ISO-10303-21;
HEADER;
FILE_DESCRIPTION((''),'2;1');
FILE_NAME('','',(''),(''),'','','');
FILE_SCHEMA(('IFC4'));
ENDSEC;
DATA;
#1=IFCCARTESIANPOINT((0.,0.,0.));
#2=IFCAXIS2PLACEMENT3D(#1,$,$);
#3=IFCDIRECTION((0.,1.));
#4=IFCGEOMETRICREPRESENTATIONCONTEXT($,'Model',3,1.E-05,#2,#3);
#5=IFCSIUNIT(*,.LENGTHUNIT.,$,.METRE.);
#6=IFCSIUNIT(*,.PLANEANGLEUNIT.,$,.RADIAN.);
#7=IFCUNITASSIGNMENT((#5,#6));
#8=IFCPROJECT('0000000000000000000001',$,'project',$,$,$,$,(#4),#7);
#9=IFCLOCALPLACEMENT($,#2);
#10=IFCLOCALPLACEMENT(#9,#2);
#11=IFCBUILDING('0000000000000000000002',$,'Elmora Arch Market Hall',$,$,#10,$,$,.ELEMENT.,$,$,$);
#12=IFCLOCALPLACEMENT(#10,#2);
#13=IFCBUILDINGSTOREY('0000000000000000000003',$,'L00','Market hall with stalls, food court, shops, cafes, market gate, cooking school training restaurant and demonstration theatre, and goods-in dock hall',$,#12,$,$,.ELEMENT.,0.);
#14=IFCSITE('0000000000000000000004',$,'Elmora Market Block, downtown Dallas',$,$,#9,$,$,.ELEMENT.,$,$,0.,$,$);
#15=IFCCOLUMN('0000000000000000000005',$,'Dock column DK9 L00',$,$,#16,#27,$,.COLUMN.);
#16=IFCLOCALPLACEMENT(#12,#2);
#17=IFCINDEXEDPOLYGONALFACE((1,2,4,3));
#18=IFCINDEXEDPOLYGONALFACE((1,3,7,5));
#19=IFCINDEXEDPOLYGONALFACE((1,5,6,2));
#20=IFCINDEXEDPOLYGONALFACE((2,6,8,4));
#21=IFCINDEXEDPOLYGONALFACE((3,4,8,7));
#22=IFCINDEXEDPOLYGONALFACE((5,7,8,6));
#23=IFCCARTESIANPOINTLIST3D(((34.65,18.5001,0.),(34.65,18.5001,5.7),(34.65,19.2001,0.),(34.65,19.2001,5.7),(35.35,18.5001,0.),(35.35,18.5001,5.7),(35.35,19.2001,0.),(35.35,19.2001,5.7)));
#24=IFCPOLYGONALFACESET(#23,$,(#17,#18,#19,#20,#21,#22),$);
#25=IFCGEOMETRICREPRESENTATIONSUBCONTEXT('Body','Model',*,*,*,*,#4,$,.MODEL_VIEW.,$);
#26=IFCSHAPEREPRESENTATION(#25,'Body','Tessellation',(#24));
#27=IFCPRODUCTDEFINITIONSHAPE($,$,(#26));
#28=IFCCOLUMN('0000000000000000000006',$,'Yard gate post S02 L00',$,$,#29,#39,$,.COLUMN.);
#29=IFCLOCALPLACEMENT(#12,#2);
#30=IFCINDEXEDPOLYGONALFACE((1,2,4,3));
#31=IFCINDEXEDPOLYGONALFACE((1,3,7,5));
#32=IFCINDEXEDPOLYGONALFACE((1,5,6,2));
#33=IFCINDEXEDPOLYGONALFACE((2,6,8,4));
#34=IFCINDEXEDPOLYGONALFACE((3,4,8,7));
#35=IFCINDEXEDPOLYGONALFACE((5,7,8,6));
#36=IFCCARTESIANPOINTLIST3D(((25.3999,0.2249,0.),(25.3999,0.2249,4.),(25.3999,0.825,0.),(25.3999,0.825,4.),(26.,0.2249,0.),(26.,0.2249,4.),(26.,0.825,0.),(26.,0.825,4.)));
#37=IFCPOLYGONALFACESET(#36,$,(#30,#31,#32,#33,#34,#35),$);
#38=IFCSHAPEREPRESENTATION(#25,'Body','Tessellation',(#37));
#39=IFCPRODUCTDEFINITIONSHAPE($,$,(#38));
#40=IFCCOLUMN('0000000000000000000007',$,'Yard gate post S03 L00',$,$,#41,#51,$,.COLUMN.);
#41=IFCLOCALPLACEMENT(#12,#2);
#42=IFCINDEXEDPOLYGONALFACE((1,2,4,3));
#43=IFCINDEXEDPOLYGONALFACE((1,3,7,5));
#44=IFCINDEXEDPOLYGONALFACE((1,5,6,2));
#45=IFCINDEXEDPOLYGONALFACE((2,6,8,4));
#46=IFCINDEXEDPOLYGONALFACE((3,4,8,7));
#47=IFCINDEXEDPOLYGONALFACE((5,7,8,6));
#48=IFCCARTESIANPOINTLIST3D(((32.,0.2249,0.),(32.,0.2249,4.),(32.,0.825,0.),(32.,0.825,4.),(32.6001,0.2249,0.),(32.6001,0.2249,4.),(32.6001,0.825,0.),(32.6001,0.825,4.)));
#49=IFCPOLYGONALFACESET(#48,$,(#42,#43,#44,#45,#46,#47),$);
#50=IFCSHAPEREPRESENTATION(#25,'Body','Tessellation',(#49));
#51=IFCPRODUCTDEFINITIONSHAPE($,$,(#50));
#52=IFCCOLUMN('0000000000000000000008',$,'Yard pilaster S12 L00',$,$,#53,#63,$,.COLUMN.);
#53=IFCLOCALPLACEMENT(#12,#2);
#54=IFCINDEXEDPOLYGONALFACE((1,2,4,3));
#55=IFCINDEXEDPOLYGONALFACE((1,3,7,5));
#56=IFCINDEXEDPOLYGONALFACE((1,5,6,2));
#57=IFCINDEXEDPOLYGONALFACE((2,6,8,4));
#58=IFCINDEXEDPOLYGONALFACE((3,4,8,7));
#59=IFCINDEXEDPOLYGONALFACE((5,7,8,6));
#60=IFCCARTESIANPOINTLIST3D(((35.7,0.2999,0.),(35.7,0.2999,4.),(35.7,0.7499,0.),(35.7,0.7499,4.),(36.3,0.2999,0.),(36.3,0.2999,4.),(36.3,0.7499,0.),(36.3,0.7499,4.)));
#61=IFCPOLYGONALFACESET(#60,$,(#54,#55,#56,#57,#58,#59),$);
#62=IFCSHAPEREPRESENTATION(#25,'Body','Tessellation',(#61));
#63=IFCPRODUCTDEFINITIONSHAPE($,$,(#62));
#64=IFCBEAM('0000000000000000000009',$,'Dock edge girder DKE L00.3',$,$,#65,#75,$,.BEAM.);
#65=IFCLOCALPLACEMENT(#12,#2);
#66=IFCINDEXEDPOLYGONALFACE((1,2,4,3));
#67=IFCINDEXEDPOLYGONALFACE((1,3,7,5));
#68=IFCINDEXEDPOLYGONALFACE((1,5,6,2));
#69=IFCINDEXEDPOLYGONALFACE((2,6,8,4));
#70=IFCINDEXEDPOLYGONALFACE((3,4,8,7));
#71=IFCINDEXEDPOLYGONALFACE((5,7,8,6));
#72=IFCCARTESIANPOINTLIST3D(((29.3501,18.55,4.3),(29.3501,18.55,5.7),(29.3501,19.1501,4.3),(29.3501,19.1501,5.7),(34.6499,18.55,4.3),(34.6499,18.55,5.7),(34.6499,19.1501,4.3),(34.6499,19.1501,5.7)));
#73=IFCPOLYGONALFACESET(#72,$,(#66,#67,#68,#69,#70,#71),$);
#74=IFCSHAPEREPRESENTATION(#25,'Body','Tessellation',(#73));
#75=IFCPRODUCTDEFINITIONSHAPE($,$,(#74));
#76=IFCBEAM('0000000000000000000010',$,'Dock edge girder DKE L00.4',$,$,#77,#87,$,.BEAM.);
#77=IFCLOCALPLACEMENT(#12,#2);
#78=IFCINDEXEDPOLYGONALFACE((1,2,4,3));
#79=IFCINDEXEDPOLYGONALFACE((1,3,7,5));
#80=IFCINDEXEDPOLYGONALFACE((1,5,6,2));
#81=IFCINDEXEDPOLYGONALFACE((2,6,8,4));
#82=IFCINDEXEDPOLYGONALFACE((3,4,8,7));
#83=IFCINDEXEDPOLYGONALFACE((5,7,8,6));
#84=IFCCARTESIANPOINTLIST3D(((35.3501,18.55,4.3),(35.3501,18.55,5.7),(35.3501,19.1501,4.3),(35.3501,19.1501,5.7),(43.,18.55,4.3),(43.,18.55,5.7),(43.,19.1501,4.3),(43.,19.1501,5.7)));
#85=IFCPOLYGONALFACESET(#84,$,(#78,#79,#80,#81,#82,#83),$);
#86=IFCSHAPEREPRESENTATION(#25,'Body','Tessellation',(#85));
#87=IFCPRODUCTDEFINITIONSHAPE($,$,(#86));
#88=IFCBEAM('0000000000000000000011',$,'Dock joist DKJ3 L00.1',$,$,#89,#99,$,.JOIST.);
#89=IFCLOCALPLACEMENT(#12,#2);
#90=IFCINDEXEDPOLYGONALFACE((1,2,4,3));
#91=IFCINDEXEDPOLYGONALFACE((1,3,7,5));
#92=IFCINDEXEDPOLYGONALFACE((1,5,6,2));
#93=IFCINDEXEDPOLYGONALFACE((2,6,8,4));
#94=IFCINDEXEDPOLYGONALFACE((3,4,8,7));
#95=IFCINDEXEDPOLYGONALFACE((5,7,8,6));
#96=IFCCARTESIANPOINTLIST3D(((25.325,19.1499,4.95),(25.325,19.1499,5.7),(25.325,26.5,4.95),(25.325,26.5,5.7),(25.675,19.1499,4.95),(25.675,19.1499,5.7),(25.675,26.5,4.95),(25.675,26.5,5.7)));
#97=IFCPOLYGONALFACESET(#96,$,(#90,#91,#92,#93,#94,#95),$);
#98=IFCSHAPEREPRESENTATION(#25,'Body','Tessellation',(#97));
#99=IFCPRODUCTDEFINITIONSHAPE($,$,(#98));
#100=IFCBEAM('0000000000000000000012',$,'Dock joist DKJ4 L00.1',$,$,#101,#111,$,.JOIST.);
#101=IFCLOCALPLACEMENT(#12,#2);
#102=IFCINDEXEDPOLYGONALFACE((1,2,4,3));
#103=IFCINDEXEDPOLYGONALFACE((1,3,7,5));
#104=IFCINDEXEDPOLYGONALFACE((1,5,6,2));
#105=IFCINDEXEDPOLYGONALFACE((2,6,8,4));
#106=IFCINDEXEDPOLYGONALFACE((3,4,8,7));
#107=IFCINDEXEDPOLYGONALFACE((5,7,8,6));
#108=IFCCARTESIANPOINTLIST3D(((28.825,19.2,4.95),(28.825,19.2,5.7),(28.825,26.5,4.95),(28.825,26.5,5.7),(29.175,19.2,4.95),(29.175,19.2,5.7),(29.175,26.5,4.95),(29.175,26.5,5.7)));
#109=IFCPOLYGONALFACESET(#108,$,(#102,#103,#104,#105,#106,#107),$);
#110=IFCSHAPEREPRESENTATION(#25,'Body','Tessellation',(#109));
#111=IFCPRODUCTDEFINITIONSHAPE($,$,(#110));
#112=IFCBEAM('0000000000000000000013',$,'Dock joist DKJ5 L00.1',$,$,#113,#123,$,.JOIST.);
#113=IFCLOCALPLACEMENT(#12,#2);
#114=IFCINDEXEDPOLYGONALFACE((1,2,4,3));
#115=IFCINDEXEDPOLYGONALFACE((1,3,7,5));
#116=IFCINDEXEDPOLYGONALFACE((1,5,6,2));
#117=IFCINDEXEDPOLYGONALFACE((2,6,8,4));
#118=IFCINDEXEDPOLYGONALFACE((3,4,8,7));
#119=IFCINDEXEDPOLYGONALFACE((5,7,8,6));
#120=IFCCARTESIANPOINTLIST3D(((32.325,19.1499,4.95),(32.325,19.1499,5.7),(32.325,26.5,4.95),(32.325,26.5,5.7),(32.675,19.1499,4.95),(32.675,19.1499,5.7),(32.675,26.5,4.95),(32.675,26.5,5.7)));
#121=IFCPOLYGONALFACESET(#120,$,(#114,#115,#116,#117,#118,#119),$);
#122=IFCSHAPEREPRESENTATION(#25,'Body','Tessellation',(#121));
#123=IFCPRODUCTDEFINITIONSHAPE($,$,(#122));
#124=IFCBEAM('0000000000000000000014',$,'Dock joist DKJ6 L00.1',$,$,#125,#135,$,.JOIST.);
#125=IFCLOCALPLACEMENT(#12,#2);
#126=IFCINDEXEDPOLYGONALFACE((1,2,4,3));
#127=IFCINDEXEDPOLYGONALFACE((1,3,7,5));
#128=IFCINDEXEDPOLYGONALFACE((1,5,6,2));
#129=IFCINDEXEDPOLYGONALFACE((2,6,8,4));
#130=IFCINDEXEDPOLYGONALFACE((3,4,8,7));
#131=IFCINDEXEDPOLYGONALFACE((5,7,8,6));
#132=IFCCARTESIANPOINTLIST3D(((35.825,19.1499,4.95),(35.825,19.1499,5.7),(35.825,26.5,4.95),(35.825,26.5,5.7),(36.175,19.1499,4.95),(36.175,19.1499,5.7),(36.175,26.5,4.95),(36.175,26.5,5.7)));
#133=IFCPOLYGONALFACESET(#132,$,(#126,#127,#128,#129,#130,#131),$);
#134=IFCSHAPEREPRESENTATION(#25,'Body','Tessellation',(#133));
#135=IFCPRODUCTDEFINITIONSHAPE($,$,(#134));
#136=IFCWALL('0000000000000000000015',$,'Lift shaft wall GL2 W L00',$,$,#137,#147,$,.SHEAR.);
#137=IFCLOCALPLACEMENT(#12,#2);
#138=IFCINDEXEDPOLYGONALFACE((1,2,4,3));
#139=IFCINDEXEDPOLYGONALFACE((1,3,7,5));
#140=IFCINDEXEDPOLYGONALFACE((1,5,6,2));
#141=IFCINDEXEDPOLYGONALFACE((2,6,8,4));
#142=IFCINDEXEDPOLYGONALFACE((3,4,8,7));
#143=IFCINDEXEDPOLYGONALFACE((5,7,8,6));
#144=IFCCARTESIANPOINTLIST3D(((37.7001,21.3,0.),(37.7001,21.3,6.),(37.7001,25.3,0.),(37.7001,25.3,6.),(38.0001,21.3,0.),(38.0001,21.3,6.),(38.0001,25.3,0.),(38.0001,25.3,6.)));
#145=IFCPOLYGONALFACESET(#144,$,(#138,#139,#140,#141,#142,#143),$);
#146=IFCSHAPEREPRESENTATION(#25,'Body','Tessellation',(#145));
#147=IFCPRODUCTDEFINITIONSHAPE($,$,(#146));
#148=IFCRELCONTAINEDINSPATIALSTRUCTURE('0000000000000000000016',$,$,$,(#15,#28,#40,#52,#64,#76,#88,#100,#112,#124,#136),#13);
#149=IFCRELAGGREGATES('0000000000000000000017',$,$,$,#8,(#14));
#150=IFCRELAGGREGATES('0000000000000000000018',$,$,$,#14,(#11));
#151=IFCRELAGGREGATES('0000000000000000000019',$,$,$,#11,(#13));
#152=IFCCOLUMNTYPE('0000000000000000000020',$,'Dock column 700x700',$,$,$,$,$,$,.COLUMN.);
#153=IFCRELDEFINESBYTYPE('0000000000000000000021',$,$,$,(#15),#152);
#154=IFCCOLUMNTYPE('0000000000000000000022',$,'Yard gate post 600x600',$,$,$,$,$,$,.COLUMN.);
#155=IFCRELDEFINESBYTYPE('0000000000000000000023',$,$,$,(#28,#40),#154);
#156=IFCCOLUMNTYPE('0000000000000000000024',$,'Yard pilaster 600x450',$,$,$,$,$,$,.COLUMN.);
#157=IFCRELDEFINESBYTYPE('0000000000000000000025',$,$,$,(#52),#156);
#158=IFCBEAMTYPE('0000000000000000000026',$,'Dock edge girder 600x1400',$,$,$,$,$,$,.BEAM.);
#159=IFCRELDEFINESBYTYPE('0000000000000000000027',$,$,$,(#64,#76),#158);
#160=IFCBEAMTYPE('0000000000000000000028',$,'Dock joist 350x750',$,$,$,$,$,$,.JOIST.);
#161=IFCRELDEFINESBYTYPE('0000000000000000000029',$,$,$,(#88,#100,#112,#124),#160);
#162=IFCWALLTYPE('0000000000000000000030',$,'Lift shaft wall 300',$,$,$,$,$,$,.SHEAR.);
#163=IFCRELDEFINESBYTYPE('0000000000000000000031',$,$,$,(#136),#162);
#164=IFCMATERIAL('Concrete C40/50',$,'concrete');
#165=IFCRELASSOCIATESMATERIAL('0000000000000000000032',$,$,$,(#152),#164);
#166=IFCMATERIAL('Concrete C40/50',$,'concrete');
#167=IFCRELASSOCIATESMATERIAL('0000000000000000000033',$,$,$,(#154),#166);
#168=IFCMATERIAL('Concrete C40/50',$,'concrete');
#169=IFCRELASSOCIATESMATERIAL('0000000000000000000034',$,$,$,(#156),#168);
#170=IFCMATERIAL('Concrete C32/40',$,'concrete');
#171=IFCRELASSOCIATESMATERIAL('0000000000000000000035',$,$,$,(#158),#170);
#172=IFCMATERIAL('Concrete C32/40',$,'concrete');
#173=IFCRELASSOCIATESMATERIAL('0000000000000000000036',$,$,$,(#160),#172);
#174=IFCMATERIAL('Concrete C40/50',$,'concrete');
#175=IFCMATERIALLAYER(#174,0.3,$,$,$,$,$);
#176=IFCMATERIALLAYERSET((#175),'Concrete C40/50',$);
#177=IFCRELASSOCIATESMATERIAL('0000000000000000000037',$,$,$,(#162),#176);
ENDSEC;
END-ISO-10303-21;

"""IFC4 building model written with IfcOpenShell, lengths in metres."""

from ifc_helpers import new_model, si_unit, direction, frame, frame_2d, origin, origin_2d, place, context, subcontext, project, spatial, rectangle, extrude, material, layer, layer_set, material_profile, profile_set, type_object, element, save


model = new_model("IFC4")

# Units and contexts
model_context = context("Model", 3, precision=1e-05, world=origin(), true_north=direction((0.0, 1.0)))
body_context = subcontext(model_context, "Body", "Model", "MODEL_VIEW")
ifc_project = project(units=[si_unit("LENGTHUNIT", "METRE"), si_unit("PLANEANGLEUNIT", "RADIAN")], contexts=[model_context])

# Site, building, storey
site_placement = place(None, origin())
site = spatial("IfcSite", under=ifc_project, at=site_placement, Name="Elmora Market Block, downtown Dallas", CompositionType="ELEMENT", RefElevation=0.0)
building_placement = place(site_placement, origin())
building = spatial("IfcBuilding", under=site, at=building_placement, Name="Elmora Arch Market Hall", CompositionType="ELEMENT")
storey_placement = place(building_placement, origin())
storey = spatial("IfcBuildingStorey", under=building, at=storey_placement, Name="L00", Description="Market hall with stalls, food court, shops, cafes, market gate, cooking school training restaurant and demonstration theatre, and goods-in dock hall", CompositionType="ELEMENT", Elevation=0.0)

# Columns
ifc_material_1 = material(Name="Concrete C40/50", Category="concrete")
ifc_material_profile_1 = material_profile(ifc_material_1, rectangle(XDim=0.7, YDim=0.7, at=origin_2d()), Name="Dock column 700x700")
ifc_profile_set_1 = profile_set([ifc_material_profile_1], Name="Concrete C40/50")
column_type_1 = type_object("IfcColumnType", Name="Dock column 700x700", PredefinedType="COLUMN", material=ifc_profile_set_1)
for number, where, z_axis, x_axis, name in (
    (1, (35.0, 18.8501, 0.0), (0.0, 0.0, 1.0), (1.0, 0.0, 0.0), "Dock column DK9 L00"),
):
    element("IfcColumn", number, at=place(storey_placement, frame(where, z_axis=z_axis, x_axis=x_axis)), inside=storey, type_object=column_type_1, Name=name, PredefinedType="COLUMN", context=body_context, shape_type="SweptSolid", body=[
        extrude(rectangle(XDim=0.7, YDim=0.7, at=origin_2d()), origin(), (0.0, 0.0, 1.0), 5.7),
    ])
ifc_material_2 = material(Name="Concrete C40/50", Category="concrete")
ifc_material_profile_2 = material_profile(ifc_material_2, rectangle(XDim=0.6001, YDim=0.6001, at=origin_2d()), Name="Yard gate post 600x600")
ifc_profile_set_2 = profile_set([ifc_material_profile_2], Name="Concrete C40/50")
column_type_2 = type_object("IfcColumnType", Name="Yard gate post 600x600", PredefinedType="COLUMN", material=ifc_profile_set_2)
for number, where, z_axis, x_axis, name in (
    (2, (25.7, 0.5249, 0.0), (0.0, 0.0, 1.0), (1.0, 0.0, 0.0), "Yard gate post S02 L00"),
    (3, (32.3, 0.5249, 0.0), (0.0, 0.0, 1.0), (1.0, 0.0, 0.0), "Yard gate post S03 L00"),
):
    element("IfcColumn", number, at=place(storey_placement, frame(where, z_axis=z_axis, x_axis=x_axis)), inside=storey, type_object=column_type_2, Name=name, PredefinedType="COLUMN", context=body_context, shape_type="SweptSolid", body=[
        extrude(rectangle(XDim=0.6001, YDim=0.6001, at=origin_2d()), origin(), (0.0, 0.0, 1.0), 4.0),
    ])
ifc_material_3 = material(Name="Concrete C40/50", Category="concrete")
ifc_material_profile_3 = material_profile(ifc_material_3, rectangle(XDim=0.6001, YDim=0.45, at=origin_2d()), Name="Yard pilaster 600x450")
ifc_profile_set_3 = profile_set([ifc_material_profile_3], Name="Concrete C40/50")
column_type_3 = type_object("IfcColumnType", Name="Yard pilaster 600x450", PredefinedType="COLUMN", material=ifc_profile_set_3)
column_placement = place(storey_placement, frame((36.0, 0.5249, 0.0), z_axis=(0.0, 0.0, 1.0), x_axis=(1.0, 0.0, 0.0)))
element("IfcColumn", 4, at=column_placement, inside=storey, type_object=column_type_3, Name="Yard pilaster S12 L00", PredefinedType="COLUMN", context=body_context, shape_type="SweptSolid", body=[
    extrude(rectangle(XDim=0.6001, YDim=0.45, at=origin_2d()), origin(), (0.0, 0.0, 1.0), 4.0),
])

# Beams
ifc_material_4 = material(Name="Concrete C32/40", Category="concrete")
ifc_material_profile_4 = material_profile(ifc_material_4, rectangle(XDim=0.6001, YDim=1.3999, at=origin_2d()), Name="Dock edge girder 600x1400")
ifc_profile_set_4 = profile_set([ifc_material_profile_4], Name="Concrete C32/40")
beam_type_1 = type_object("IfcBeamType", Name="Dock edge girder 600x1400", PredefinedType="BEAM", material=ifc_profile_set_4)
beam_1_placement = place(storey_placement, frame((29.3501, 18.8501, 5.0), z_axis=(1.0, 0.0, 0.0), x_axis=(0.0, 1.0, 0.0)))
element("IfcBeam", 5, at=beam_1_placement, inside=storey, type_object=beam_type_1, Name="Dock edge girder DKE L00.3", PredefinedType="BEAM", context=body_context, shape_type="SweptSolid", body=[
    extrude(rectangle(XDim=0.6001, YDim=1.3999, at=origin_2d()), origin(), (0.0, 0.0, 1.0), 5.2998),
])
beam_2_placement = place(storey_placement, frame((35.3501, 18.8501, 5.0), z_axis=(1.0, 0.0, 0.0), x_axis=(0.0, 1.0, 0.0)))
element("IfcBeam", 6, at=beam_2_placement, inside=storey, type_object=beam_type_1, Name="Dock edge girder DKE L00.4", PredefinedType="BEAM", context=body_context, shape_type="SweptSolid", body=[
    extrude(rectangle(XDim=0.6001, YDim=1.3999, at=origin_2d()), origin(), (0.0, 0.0, 1.0), 7.6499),
])
ifc_material_5 = material(Name="Concrete C32/40", Category="concrete")
ifc_material_profile_5 = material_profile(ifc_material_5, rectangle(XDim=0.3501, YDim=0.75, at=origin_2d()), Name="Dock joist 350x750")
ifc_profile_set_5 = profile_set([ifc_material_profile_5], Name="Concrete C32/40")
beam_type_2 = type_object("IfcBeamType", Name="Dock joist 350x750", PredefinedType="JOIST", material=ifc_profile_set_5)
beam_3_placement = place(storey_placement, frame((25.5, 19.1499, 5.325), z_axis=(0.0, 1.0, 0.0), x_axis=(-1.0, 0.0, 0.0)))
element("IfcBeam", 7, at=beam_3_placement, inside=storey, type_object=beam_type_2, Name="Dock joist DKJ3 L00.1", PredefinedType="JOIST", context=body_context, shape_type="SweptSolid", body=[
    extrude(rectangle(XDim=0.3501, YDim=0.75, at=origin_2d()), origin(), (0.0, 0.0, 1.0), 7.3501),
])
beam_4_placement = place(storey_placement, frame((29.0, 19.2, 5.325), z_axis=(0.0, 1.0, 0.0), x_axis=(-1.0, 0.0, 0.0)))
element("IfcBeam", 8, at=beam_4_placement, inside=storey, type_object=beam_type_2, Name="Dock joist DKJ4 L00.1", PredefinedType="JOIST", context=body_context, shape_type="SweptSolid", body=[
    extrude(rectangle(XDim=0.3501, YDim=0.75, at=origin_2d()), origin(), (0.0, 0.0, 1.0), 7.3),
])
for number, where, z_axis, x_axis, name in (
    (9, (32.5, 19.1499, 5.325), (0.0, 1.0, 0.0), (-1.0, 0.0, 0.0), "Dock joist DKJ5 L00.1"),
    (10, (36.0, 19.1499, 5.325), (0.0, 1.0, 0.0), (-1.0, 0.0, 0.0), "Dock joist DKJ6 L00.1"),
):
    element("IfcBeam", number, at=place(storey_placement, frame(where, z_axis=z_axis, x_axis=x_axis)), inside=storey, type_object=beam_type_2, Name=name, PredefinedType="JOIST", context=body_context, shape_type="SweptSolid", body=[
        extrude(rectangle(XDim=0.3501, YDim=0.75, at=origin_2d()), origin(), (0.0, 0.0, 1.0), 7.3501),
    ])

# Wall
ifc_material_6 = material(Name="Concrete C40/50", Category="concrete")
ifc_layer = layer(ifc_material_6, 0.3)
ifc_layer_set = layer_set([ifc_layer], Name="Concrete C40/50")
wall_type = type_object("IfcWallType", Name="Lift shaft wall 300", PredefinedType="SHEAR", material=ifc_layer_set)
wall_placement = place(storey_placement, frame((37.8501, 21.3, 0.0), z_axis=(0.0, 0.0, 1.0), x_axis=(0.0, 1.0, 0.0)))
element("IfcWall", 11, at=wall_placement, inside=storey, type_object=wall_type, Name="Lift shaft wall GL2 W L00", PredefinedType="SHEAR", context=body_context, shape_type="SweptSolid", body=[
    extrude(rectangle(XDim=4.0, YDim=0.3, at=frame_2d((2.0, 0.0))), origin(), (0.0, 0.0, 1.0), 6.0),
])

save(model, "model.ifc")
